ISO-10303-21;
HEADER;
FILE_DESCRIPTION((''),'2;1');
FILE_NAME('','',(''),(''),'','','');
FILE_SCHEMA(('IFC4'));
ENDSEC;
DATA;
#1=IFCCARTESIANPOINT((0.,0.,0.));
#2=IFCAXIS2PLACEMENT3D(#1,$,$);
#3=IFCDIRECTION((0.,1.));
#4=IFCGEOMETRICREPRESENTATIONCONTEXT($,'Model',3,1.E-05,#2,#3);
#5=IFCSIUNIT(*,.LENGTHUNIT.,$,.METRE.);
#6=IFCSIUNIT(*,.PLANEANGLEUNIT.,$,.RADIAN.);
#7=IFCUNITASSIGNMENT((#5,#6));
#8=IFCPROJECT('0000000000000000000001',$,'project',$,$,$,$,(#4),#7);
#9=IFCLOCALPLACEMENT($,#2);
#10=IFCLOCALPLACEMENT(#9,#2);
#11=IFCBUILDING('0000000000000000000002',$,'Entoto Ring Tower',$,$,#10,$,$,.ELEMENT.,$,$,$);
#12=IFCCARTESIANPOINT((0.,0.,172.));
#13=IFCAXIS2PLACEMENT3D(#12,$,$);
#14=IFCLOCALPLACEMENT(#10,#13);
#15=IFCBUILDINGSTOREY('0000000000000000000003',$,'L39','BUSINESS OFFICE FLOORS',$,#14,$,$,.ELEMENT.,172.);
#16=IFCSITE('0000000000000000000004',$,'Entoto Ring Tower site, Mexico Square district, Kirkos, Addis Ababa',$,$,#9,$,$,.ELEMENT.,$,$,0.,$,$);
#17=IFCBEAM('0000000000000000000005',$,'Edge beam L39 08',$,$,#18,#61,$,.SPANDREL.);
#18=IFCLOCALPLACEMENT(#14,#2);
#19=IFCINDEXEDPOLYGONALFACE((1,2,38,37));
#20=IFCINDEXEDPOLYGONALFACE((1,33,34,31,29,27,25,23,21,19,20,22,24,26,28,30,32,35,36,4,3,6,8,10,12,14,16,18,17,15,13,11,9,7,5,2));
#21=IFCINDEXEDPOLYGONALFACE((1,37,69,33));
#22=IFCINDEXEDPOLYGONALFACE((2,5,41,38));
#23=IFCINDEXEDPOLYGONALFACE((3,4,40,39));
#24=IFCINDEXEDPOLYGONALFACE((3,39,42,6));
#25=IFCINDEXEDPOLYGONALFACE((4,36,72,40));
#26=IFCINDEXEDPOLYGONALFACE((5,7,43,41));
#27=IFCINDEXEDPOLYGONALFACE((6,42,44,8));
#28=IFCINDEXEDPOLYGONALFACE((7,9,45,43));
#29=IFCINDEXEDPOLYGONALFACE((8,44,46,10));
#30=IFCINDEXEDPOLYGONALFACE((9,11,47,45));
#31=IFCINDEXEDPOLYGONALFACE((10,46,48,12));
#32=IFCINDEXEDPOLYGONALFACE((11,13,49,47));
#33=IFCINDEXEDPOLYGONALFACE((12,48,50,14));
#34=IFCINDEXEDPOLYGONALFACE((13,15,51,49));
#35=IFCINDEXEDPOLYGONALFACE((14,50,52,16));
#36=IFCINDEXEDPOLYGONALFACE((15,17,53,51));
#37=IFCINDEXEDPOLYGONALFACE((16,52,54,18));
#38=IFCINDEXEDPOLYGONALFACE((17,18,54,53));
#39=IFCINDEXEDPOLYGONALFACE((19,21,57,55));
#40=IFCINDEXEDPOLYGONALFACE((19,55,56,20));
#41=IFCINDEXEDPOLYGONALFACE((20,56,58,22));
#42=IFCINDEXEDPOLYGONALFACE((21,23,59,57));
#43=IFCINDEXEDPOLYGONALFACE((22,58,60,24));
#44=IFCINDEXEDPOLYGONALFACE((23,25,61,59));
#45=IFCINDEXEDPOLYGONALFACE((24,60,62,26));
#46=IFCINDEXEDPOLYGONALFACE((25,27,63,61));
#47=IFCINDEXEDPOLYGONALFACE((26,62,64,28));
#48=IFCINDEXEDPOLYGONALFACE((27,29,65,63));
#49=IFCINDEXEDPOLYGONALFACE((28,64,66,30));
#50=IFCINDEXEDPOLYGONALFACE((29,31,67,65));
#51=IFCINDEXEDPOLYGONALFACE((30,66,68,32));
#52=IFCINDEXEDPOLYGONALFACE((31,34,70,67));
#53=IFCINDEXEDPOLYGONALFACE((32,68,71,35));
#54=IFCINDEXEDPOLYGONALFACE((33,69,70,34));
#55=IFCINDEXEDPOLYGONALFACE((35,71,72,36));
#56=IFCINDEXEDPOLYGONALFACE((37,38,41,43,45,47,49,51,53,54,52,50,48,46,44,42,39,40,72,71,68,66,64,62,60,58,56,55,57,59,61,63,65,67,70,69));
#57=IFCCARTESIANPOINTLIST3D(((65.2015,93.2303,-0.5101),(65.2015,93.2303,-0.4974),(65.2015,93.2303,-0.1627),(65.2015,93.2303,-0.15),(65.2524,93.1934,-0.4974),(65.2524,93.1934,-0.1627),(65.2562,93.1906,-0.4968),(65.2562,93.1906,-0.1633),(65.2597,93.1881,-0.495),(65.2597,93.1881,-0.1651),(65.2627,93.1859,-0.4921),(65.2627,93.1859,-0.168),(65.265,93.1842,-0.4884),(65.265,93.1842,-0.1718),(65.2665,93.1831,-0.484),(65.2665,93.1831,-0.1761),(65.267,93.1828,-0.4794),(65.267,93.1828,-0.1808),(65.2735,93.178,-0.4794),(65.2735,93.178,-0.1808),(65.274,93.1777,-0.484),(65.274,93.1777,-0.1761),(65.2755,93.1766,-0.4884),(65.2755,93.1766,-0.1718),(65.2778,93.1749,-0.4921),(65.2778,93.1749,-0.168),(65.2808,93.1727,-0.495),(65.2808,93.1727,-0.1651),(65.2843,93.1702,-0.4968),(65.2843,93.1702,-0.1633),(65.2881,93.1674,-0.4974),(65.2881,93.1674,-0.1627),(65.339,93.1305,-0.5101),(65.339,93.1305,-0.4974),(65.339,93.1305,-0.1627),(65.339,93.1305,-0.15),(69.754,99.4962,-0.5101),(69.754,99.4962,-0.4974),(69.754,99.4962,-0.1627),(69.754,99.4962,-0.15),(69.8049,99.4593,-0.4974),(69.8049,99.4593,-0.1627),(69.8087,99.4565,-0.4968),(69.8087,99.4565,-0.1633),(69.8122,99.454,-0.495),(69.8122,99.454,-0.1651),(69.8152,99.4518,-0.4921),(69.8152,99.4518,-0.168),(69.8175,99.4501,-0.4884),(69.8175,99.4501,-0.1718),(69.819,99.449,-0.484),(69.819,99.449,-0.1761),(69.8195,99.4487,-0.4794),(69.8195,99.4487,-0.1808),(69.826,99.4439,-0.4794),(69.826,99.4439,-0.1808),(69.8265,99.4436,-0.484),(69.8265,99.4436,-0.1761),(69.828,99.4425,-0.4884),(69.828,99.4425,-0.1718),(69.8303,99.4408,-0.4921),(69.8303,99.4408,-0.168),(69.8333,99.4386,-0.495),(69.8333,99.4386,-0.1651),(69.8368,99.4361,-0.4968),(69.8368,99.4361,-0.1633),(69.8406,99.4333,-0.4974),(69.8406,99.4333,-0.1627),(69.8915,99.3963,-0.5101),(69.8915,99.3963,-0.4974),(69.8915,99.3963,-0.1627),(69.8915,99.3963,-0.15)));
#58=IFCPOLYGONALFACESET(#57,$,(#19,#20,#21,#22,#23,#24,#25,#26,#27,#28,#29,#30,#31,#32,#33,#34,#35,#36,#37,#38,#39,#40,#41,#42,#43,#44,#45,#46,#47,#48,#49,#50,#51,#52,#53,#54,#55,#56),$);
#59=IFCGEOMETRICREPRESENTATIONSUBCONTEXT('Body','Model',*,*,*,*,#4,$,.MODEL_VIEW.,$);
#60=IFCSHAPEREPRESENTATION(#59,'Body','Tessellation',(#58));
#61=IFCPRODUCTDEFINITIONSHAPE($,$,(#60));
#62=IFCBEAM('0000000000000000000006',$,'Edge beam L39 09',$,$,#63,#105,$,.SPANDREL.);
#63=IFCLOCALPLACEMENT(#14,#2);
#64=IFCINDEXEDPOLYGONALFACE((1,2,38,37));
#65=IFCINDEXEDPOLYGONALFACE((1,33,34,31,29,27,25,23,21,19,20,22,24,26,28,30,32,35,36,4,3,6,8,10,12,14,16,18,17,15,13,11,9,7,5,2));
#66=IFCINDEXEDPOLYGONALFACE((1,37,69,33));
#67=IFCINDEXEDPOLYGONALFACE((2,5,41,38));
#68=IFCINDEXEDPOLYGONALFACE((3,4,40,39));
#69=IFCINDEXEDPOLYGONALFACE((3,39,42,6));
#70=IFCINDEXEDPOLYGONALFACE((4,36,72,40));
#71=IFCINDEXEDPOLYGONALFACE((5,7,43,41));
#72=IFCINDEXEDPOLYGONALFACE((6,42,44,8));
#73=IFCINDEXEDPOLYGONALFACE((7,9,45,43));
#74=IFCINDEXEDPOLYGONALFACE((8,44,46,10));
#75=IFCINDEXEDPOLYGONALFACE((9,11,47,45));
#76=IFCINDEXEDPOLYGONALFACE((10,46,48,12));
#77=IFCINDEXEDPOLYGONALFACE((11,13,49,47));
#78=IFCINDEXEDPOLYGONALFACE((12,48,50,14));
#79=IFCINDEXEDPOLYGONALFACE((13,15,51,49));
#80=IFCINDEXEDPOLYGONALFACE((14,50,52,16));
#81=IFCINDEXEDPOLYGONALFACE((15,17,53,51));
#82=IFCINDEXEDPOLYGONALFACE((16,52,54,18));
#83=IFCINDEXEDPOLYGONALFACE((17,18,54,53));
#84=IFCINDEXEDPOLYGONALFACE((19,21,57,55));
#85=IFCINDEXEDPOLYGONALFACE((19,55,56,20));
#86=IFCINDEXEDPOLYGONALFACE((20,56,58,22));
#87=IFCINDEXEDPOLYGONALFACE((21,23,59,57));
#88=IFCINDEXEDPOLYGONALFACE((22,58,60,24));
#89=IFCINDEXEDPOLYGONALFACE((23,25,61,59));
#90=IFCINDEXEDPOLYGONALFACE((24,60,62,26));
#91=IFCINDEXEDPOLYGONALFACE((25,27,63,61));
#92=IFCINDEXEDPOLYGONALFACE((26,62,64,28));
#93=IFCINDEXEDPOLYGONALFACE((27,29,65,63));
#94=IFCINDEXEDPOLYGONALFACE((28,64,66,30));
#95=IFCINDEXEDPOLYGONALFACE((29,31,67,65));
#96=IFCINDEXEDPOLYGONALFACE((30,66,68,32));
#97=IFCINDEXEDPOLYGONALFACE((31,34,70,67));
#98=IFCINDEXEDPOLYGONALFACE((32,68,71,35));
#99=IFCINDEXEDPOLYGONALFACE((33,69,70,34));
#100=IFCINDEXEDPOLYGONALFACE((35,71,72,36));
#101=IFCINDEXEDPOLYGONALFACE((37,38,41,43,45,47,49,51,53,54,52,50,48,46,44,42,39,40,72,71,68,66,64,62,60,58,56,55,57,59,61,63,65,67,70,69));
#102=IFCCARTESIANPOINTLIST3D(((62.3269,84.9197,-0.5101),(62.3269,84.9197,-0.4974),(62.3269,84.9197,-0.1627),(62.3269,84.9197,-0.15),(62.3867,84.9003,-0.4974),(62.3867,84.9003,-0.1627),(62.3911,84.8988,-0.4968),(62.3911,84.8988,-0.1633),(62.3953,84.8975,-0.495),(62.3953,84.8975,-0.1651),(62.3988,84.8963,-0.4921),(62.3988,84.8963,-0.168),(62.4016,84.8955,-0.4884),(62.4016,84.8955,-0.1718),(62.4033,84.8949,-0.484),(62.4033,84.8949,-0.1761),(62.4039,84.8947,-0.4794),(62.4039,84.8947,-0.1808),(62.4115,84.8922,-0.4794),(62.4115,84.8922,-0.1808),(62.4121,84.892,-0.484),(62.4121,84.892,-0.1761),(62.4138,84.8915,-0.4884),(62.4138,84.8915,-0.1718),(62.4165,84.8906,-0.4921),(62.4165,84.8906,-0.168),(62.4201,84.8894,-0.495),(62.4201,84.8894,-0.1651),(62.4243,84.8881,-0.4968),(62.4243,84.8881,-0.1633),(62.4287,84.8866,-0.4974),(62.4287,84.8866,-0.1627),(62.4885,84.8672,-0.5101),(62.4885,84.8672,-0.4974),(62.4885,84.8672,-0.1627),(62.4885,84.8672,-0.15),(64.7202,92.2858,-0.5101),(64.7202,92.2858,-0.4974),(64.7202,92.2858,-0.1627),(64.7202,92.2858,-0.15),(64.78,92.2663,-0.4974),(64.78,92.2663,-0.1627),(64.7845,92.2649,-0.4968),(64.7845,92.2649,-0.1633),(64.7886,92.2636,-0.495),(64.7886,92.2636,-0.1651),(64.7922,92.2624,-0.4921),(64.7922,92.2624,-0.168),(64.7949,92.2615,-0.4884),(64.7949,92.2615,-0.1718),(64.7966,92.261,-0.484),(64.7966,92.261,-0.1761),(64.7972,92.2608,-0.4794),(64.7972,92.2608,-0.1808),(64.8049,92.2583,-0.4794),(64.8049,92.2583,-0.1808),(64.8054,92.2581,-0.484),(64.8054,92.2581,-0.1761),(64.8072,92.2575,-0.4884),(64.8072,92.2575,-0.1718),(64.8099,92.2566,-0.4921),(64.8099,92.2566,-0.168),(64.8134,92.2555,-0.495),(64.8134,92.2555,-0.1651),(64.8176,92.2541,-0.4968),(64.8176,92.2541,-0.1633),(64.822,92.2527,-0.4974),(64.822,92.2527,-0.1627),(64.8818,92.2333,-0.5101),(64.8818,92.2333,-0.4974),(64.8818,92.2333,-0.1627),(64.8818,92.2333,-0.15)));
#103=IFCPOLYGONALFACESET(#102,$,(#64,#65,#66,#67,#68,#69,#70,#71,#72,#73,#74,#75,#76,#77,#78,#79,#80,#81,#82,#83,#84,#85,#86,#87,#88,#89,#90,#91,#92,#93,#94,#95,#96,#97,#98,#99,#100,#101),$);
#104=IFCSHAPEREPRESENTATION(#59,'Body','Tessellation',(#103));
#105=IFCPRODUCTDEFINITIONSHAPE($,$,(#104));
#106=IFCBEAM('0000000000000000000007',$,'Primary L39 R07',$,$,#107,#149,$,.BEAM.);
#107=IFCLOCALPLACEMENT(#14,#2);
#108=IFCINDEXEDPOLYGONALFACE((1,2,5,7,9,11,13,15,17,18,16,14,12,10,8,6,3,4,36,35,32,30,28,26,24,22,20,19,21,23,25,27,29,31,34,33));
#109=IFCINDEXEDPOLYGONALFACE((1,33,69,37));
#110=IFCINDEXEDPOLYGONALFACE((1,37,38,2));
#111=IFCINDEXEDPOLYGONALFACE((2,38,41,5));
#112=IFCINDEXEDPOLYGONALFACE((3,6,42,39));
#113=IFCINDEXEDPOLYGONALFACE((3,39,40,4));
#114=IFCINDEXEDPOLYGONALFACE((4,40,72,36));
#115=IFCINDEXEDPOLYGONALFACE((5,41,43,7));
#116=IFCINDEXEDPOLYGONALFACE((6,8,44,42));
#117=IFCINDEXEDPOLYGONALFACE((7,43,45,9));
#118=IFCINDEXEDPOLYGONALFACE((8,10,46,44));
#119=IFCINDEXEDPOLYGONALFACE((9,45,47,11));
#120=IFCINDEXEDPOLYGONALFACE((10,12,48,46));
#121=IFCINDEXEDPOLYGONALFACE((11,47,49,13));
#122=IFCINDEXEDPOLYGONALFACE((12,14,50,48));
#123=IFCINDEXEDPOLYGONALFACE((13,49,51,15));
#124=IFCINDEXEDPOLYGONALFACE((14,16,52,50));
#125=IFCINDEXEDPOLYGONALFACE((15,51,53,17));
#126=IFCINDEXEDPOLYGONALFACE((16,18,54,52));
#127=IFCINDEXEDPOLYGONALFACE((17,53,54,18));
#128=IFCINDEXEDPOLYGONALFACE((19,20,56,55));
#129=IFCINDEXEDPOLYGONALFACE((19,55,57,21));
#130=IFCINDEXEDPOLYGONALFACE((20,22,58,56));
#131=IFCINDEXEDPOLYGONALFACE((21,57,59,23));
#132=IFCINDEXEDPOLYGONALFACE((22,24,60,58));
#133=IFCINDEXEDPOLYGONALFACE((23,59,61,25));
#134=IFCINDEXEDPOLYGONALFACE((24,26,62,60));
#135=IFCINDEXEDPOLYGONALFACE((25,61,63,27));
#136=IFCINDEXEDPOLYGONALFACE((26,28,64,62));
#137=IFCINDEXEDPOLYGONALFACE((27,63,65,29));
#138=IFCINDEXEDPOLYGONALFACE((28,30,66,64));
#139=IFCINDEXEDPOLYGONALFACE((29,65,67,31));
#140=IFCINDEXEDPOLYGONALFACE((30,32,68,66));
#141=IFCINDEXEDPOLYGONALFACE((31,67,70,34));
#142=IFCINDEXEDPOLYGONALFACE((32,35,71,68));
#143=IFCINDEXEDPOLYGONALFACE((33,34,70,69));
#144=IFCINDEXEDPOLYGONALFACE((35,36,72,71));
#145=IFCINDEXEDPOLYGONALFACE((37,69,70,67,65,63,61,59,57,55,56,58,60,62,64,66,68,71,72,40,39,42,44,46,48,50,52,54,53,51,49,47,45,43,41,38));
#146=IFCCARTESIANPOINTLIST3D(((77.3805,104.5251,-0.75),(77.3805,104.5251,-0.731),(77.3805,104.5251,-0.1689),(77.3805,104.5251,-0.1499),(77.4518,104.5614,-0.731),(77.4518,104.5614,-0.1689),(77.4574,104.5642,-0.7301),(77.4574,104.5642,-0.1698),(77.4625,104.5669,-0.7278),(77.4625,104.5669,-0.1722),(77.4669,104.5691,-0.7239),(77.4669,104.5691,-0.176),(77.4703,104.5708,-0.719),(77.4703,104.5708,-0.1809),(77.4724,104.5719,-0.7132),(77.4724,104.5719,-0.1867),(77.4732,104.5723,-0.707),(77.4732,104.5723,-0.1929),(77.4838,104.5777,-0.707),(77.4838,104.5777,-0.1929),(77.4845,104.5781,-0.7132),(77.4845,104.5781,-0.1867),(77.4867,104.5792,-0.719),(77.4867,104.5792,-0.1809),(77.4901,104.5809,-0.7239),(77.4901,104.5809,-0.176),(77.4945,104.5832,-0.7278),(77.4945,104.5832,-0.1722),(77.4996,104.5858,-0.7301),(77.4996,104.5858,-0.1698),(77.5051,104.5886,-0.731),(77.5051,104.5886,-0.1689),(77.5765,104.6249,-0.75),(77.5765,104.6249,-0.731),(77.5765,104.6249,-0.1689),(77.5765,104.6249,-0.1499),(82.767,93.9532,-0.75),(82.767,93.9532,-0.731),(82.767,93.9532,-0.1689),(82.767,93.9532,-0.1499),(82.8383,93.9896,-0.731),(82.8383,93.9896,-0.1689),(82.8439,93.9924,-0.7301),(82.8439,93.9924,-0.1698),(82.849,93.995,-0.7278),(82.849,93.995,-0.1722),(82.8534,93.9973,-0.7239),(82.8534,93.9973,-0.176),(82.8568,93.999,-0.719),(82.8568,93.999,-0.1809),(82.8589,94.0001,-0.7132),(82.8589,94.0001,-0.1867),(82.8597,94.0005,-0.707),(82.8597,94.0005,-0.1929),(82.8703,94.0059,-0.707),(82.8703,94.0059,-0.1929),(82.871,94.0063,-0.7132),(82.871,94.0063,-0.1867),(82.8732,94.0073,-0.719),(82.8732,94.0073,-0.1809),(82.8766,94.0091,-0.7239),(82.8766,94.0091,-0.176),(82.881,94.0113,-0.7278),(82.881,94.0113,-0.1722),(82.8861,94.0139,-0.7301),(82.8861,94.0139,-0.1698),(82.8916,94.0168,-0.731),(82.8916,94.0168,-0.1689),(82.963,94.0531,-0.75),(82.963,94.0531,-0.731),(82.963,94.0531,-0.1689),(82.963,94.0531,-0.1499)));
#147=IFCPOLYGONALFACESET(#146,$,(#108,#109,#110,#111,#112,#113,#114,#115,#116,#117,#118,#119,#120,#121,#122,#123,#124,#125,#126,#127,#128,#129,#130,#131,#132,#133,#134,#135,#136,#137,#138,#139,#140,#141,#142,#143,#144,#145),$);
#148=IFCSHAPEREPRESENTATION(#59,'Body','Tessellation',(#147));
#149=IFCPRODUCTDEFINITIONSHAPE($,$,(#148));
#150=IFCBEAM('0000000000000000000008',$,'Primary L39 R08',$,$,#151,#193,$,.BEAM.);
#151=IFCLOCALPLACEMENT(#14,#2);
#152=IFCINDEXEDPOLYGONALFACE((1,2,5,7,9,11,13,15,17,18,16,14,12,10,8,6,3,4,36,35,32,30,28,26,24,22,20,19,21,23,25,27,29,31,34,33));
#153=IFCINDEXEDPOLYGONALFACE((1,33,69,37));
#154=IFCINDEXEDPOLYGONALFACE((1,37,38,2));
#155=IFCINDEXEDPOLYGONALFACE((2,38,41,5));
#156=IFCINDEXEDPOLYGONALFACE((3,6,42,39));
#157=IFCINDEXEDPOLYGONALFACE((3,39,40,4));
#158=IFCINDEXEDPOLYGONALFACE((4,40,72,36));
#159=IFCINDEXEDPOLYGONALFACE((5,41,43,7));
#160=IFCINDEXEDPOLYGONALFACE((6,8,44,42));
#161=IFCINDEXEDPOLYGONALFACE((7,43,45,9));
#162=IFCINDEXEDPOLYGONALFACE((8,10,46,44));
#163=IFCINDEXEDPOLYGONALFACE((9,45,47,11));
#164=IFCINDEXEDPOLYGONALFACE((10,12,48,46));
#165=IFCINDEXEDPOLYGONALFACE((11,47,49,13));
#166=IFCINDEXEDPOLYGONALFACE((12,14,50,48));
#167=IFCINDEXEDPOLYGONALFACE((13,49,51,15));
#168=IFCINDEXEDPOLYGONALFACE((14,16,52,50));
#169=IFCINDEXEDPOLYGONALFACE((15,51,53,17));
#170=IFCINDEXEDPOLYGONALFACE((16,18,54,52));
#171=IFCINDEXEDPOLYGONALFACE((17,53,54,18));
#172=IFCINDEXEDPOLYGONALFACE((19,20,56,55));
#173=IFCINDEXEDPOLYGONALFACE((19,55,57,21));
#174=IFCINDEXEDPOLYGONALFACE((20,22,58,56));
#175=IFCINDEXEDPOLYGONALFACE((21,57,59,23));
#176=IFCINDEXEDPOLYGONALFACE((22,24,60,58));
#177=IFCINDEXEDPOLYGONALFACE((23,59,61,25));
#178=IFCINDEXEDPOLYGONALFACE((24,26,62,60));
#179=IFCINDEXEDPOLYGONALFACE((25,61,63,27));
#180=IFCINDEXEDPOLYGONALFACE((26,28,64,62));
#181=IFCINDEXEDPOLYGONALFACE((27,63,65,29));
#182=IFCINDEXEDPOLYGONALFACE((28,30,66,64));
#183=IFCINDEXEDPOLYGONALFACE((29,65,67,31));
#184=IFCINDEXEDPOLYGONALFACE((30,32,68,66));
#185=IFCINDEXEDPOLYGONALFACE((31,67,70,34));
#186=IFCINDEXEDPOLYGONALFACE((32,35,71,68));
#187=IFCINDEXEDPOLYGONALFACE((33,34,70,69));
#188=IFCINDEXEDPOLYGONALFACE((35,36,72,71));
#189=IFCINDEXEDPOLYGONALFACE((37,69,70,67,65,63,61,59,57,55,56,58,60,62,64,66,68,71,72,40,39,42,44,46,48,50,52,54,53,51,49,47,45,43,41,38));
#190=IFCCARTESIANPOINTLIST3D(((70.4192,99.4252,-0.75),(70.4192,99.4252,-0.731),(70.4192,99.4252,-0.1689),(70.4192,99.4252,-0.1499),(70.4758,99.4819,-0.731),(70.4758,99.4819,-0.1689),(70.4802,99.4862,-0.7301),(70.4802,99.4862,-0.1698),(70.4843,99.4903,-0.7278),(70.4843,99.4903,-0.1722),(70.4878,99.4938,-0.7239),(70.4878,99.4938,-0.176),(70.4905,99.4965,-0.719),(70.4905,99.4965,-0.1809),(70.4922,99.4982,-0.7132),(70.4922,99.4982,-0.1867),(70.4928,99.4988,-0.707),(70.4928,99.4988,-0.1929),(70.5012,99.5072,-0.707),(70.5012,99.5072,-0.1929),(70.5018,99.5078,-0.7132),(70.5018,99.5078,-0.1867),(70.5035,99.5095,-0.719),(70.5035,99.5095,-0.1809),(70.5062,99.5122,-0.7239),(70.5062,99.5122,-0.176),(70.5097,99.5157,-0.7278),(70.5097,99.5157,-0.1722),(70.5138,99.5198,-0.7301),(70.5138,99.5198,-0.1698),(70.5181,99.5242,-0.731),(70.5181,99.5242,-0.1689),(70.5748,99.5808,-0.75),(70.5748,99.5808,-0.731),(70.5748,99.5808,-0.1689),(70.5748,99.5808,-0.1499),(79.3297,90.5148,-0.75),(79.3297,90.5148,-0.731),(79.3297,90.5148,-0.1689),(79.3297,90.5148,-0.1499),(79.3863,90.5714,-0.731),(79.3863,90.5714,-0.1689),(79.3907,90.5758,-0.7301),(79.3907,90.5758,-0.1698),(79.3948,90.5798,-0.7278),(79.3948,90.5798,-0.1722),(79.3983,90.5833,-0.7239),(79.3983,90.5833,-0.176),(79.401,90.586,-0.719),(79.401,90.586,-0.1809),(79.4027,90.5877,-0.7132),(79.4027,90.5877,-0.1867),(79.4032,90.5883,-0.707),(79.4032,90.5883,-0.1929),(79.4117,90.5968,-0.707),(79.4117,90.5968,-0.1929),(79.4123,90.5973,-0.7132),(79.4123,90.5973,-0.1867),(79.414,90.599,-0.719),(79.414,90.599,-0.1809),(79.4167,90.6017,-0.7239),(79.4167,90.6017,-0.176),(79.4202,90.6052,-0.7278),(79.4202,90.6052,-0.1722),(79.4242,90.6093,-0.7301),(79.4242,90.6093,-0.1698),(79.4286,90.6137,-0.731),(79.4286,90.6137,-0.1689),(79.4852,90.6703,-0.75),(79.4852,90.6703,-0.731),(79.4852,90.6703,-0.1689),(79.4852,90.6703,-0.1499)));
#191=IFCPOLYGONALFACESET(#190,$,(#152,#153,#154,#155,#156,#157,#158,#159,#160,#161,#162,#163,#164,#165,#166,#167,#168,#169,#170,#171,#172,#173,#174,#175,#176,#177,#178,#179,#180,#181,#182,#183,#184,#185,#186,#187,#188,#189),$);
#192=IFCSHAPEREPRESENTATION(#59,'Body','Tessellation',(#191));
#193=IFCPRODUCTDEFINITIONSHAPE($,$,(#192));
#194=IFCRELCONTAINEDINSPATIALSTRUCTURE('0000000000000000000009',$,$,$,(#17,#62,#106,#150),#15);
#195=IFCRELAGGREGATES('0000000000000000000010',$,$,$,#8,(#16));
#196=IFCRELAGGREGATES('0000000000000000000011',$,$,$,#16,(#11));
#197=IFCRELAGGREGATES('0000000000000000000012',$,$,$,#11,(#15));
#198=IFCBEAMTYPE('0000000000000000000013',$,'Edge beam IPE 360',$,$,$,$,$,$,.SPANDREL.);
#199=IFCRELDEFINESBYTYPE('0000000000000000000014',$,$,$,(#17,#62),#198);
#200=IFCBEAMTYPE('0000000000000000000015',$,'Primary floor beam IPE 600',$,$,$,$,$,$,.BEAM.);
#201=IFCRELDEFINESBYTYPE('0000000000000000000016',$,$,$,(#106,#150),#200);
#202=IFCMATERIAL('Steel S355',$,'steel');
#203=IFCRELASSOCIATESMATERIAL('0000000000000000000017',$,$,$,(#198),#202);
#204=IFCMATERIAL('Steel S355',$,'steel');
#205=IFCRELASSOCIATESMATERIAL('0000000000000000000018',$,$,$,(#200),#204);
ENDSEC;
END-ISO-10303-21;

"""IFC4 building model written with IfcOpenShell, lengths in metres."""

from ifc_helpers import new_model, si_unit, direction, frame, origin, origin_2d, place, context, subcontext, project, spatial, i_section, extrude, material, material_profile, profile_set, type_object, element, save


model = new_model("IFC4")

# Units and contexts
model_context = context("Model", 3, precision=1e-05, world=origin(), true_north=direction((0.0, 1.0)))
body_context = subcontext(model_context, "Body", "Model", "MODEL_VIEW")
ifc_project = project(units=[si_unit("LENGTHUNIT", "METRE"), si_unit("PLANEANGLEUNIT", "RADIAN")], contexts=[model_context])

# Site, building, storey
site_placement = place(None, origin())
site = spatial("IfcSite", under=ifc_project, at=site_placement, Name="Entoto Ring Tower site, Mexico Square district, Kirkos, Addis Ababa", CompositionType="ELEMENT", RefElevation=0.0)
building_placement = place(site_placement, origin())
building = spatial("IfcBuilding", under=site, at=building_placement, Name="Entoto Ring Tower", CompositionType="ELEMENT")
storey_placement = place(building_placement, frame((0.0, 0.0, 172.0)))
storey = spatial("IfcBuildingStorey", under=building, at=storey_placement, Name="L39", Description="BUSINESS OFFICE FLOORS", CompositionType="ELEMENT", Elevation=172.0)

# Beams
ifc_material_1 = material(Name="Steel S355", Category="steel")
ifc_material_profile_1 = material_profile(ifc_material_1, i_section(OverallWidth=0.1699, OverallDepth=0.3601, WebThickness=0.0081, FlangeThickness=0.0127, FilletRadius=0.0181, at=origin_2d()), Name="IPE 360")
ifc_profile_set_1 = profile_set([ifc_material_profile_1], Name="Steel S355")
beam_type_1 = type_object("IfcBeamType", Name="Edge beam IPE 360", PredefinedType="SPANDREL", material=ifc_profile_set_1)
for number, where, z_axis, x_axis, name in (
    (1, (69.8228, 99.4463, -0.3301), (-0.587791, -0.809013, 0.0), (0.809013, -0.587791, 0.0), "Edge beam L39 08"),
    (2, (64.801, 92.2595, -0.3301), (-0.309013, -0.951058, 0.0), (0.951058, -0.309013, 0.0), "Edge beam L39 09"),
):
    element("IfcBeam", number, at=place(storey_placement, frame(where, z_axis=z_axis, x_axis=x_axis)), inside=storey, type_object=beam_type_1, Name=name, PredefinedType="SPANDREL", context=body_context, shape_type="SweptSolid", body=[
        extrude(i_section(OverallWidth=0.1699, OverallDepth=0.3601, WebThickness=0.0081, FlangeThickness=0.0127, FilletRadius=0.0181, at=origin_2d()), origin(), (0.0, 0.0, 1.0), 7.7451),
    ])
ifc_material_2 = material(Name="Steel S355", Category="steel")
ifc_material_profile_2 = material_profile(ifc_material_2, i_section(OverallWidth=0.22, OverallDepth=0.6001, WebThickness=0.012, FlangeThickness=0.019, FilletRadius=0.0239, at=origin_2d()), Name="IPE 600")
ifc_profile_set_2 = profile_set([ifc_material_profile_2], Name="Steel S355")
beam_type_2 = type_object("IfcBeamType", Name="Primary floor beam IPE 600", PredefinedType="BEAM", material=ifc_profile_set_2)
beam_1_placement = place(storey_placement, frame((82.865, 94.0032, -0.45), z_axis=(-0.453983, 0.89101, 0.0), x_axis=(-0.89101, -0.453983, 0.0)))
element("IfcBeam", 3, at=beam_1_placement, inside=storey, type_object=beam_type_2, Name="Primary L39 R07", PredefinedType="BEAM", context=body_context, shape_type="SweptSolid", body=[
    extrude(i_section(OverallWidth=0.22, OverallDepth=0.6001, WebThickness=0.012, FlangeThickness=0.019, FilletRadius=0.0239, at=origin_2d()), origin(), (0.0, 0.0, 1.0), 11.865),
])
beam_2_placement = place(storey_placement, frame((79.4075, 90.5925, -0.45), z_axis=(-0.707107, 0.707107, 0.0), x_axis=(-0.707107, -0.707107, 0.0)))
element("IfcBeam", 4, at=beam_2_placement, inside=storey, type_object=beam_type_2, Name="Primary L39 R08", PredefinedType="BEAM", context=body_context, shape_type="SweptSolid", body=[
    extrude(i_section(OverallWidth=0.22, OverallDepth=0.6001, WebThickness=0.012, FlangeThickness=0.019, FilletRadius=0.0239, at=origin_2d()), origin(), (0.0, 0.0, 1.0), 12.6013),
])

save(model, "model.ifc")
